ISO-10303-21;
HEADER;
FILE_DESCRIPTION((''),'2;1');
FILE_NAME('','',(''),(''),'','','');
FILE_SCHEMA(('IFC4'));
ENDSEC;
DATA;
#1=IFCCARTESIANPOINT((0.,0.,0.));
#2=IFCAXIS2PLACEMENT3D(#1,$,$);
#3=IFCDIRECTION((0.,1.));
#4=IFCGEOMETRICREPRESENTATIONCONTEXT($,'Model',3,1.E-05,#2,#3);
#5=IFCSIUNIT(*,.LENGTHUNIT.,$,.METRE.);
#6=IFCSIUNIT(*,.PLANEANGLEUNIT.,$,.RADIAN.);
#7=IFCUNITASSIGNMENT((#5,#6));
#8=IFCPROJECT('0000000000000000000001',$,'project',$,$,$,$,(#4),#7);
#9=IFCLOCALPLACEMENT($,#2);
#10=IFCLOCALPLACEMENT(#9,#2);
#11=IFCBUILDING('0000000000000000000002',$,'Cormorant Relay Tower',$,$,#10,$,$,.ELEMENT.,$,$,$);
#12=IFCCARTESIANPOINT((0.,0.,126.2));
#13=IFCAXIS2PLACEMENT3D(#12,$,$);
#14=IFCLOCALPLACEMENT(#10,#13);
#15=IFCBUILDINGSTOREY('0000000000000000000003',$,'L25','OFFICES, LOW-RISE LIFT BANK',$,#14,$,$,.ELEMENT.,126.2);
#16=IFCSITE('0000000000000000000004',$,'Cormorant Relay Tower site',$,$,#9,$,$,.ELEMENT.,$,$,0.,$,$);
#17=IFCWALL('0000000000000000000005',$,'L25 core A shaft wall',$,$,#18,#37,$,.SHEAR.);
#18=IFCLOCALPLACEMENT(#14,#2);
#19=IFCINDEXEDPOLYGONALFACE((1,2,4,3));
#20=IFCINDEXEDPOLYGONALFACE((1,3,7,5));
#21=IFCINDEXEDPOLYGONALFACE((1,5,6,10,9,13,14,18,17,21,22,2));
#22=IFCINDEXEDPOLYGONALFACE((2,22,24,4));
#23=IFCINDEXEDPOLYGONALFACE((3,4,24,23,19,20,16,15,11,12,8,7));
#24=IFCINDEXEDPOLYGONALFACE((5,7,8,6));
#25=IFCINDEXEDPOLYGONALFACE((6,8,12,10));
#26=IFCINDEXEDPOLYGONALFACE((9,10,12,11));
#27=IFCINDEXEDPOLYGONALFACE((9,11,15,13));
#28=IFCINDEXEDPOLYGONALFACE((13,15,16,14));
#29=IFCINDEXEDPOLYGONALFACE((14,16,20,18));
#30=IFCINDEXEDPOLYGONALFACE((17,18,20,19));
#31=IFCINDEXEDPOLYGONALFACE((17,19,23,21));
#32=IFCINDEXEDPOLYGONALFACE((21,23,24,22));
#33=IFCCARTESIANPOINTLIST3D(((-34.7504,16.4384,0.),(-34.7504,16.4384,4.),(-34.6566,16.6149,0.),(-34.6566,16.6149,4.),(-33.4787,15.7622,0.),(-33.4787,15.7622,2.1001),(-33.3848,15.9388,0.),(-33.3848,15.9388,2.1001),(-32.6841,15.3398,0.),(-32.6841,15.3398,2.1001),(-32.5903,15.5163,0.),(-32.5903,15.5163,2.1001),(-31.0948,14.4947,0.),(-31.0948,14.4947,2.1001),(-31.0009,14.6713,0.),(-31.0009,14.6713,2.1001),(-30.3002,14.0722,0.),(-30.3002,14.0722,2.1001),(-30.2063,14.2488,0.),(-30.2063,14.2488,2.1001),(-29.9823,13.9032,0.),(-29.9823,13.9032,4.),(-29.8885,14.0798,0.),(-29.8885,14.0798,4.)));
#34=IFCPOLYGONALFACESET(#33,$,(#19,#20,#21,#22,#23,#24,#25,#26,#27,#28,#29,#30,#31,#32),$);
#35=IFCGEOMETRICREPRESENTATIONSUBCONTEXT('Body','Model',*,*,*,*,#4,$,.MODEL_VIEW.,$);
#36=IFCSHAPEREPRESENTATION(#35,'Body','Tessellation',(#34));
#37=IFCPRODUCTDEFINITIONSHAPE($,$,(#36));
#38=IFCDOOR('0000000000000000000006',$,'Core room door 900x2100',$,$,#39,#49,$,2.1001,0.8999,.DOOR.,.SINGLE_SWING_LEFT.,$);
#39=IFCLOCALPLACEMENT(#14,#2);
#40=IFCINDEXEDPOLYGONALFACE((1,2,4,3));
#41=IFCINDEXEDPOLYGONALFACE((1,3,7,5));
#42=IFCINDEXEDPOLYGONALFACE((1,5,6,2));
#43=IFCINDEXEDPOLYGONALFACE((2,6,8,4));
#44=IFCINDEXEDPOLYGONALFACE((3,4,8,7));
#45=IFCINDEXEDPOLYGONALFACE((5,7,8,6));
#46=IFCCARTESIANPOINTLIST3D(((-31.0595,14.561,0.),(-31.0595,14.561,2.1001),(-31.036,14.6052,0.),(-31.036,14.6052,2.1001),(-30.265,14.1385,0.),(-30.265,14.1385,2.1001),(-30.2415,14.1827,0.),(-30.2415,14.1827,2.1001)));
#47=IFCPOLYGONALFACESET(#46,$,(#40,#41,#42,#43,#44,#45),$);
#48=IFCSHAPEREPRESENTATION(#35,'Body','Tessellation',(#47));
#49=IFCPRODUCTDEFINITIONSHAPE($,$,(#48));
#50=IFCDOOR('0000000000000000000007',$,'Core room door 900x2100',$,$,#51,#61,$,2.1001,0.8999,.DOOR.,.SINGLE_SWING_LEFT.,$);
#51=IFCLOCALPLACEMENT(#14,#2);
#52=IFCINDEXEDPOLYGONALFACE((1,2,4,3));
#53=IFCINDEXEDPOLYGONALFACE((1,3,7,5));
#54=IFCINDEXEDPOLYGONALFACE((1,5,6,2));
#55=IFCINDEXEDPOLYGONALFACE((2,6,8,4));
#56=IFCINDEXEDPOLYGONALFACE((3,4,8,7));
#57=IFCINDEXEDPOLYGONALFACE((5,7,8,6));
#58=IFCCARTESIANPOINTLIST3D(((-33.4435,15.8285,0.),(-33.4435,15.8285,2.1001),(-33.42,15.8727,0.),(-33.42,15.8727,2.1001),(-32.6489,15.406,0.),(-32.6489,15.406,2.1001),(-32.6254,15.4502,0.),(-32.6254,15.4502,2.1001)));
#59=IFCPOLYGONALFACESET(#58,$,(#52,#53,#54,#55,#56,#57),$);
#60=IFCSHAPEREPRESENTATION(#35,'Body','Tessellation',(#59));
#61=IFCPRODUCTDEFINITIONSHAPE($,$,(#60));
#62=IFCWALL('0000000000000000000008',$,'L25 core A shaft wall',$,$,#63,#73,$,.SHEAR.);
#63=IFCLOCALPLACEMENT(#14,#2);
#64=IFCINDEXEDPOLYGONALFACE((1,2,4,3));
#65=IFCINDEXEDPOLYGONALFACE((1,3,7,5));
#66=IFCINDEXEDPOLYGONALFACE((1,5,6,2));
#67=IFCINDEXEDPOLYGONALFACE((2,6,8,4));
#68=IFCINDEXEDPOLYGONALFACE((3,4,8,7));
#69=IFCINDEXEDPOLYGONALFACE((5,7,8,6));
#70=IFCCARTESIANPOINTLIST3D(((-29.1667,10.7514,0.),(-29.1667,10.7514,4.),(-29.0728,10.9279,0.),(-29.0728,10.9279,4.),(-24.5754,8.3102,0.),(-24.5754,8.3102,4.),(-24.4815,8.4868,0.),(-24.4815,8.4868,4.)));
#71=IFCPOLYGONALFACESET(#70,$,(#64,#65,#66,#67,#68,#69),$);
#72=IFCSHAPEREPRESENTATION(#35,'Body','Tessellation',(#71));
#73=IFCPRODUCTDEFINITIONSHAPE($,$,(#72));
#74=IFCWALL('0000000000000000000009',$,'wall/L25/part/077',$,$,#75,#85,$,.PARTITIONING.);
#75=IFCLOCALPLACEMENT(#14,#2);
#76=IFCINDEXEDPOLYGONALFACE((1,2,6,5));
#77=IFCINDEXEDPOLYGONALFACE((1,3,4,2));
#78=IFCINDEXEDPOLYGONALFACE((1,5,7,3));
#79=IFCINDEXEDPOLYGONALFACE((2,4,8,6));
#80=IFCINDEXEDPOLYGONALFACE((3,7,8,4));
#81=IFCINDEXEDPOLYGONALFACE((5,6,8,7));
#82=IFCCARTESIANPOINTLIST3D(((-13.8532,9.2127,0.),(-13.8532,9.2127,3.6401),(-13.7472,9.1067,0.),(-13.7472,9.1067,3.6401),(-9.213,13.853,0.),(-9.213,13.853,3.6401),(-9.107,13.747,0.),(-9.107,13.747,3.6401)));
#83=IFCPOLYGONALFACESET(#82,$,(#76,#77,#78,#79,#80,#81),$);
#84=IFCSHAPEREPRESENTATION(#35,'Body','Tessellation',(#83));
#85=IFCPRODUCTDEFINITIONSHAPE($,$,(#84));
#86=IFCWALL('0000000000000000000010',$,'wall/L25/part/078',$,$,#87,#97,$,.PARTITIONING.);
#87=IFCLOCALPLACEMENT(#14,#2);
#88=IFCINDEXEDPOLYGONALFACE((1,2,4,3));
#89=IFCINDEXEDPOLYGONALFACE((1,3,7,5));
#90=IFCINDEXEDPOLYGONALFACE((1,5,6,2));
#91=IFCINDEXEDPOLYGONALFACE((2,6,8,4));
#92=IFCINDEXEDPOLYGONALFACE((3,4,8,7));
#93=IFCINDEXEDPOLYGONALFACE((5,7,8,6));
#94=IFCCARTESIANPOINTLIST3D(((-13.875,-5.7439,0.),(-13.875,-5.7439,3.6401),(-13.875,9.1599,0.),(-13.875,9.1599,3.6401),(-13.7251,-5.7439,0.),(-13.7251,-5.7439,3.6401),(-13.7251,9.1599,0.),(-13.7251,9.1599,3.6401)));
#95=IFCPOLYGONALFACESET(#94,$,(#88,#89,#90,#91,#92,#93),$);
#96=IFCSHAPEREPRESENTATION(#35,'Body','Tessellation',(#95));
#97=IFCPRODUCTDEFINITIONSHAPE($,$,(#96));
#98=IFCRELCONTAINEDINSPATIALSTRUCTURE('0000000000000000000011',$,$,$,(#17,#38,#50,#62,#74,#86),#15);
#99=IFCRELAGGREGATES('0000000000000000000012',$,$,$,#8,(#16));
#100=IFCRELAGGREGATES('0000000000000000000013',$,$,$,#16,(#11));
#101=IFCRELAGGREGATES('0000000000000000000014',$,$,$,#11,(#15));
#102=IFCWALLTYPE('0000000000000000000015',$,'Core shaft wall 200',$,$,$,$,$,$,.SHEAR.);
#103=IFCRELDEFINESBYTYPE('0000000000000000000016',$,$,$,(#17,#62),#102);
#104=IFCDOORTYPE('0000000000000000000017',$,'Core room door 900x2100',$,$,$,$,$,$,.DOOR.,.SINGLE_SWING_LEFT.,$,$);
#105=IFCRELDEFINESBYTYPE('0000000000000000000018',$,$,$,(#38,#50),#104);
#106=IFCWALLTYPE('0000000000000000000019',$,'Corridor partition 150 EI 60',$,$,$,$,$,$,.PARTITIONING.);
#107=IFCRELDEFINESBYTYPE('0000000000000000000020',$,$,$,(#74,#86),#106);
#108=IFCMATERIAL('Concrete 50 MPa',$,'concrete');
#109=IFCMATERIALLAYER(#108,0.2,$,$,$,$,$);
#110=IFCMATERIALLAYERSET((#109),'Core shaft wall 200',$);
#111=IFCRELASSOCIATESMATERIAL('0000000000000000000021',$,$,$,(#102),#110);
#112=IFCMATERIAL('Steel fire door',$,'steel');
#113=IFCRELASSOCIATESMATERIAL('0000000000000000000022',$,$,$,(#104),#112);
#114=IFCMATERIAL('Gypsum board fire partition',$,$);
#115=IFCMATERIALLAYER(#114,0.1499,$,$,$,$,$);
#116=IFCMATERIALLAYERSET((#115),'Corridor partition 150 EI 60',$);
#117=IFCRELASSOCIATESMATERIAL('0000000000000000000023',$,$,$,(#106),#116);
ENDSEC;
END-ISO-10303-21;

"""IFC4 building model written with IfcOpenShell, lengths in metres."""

from ifc_helpers import new_model, si_unit, direction, frame, frame_2d, origin, place, context, subcontext, project, spatial, rectangle, extrude, material, layer, layer_set, type_object, element, fill, save


model = new_model("IFC4")

# Units and contexts
model_context = context("Model", 3, precision=1e-05, world=origin(), true_north=direction((0.0, 1.0)))
body_context = subcontext(model_context, "Body", "Model", "MODEL_VIEW")
ifc_project = project(units=[si_unit("LENGTHUNIT", "METRE"), si_unit("PLANEANGLEUNIT", "RADIAN")], contexts=[model_context])

# Site, building, storey
site_placement = place(None, origin())
site = spatial("IfcSite", under=ifc_project, at=site_placement, Name="Cormorant Relay Tower site", CompositionType="ELEMENT", RefElevation=0.0)
building_placement = place(site_placement, origin())
building = spatial("IfcBuilding", under=site, at=building_placement, Name="Cormorant Relay Tower", CompositionType="ELEMENT")
storey_placement = place(building_placement, frame((0.0, 0.0, 126.2)))
storey = spatial("IfcBuildingStorey", under=building, at=storey_placement, Name="L25", Description="OFFICES, LOW-RISE LIFT BANK", CompositionType="ELEMENT", Elevation=126.2)

# Shared definitions
ifc_material_1 = material(Name="Concrete 50 MPa", Category="concrete")
ifc_layer_1 = layer(ifc_material_1, 0.2)
ifc_layer_set_1 = layer_set([ifc_layer_1], Name="Core shaft wall 200")
wall_type_1 = type_object("IfcWallType", Name="Core shaft wall 200", PredefinedType="SHEAR", material=ifc_layer_set_1)

# Shared definitions
ifc_material_2 = material(Name="Steel fire door", Category="steel")
door_type_1 = type_object("IfcDoorType", Name="Core room door 900x2100", OperationType="SINGLE_SWING_LEFT", PredefinedType="DOOR", material=ifc_material_2)

# Wall, openings, doors
wall_1_placement = place(storey_placement, frame((-29.9353, 13.9915, 0.0), z_axis=(0.0, 0.0, 1.0), x_axis=(-0.882953, 0.469462, 0.0)))
wall_1 = element("IfcWall", 1, at=wall_1_placement, inside=storey, type_object=wall_type_1, Name="L25 core A shaft wall", PredefinedType="SHEAR", context=body_context, shape_type="SweptSolid", body=[
    extrude(rectangle(XDim=5.4001, YDim=0.2, at=frame_2d((2.7002, 0.0))), origin(), (0.0, 0.0, 1.0), 4.0),
])
opening_1_placement = place(wall_1_placement, frame((0.3601, 0.0, 0.0)))
opening_1 = element("IfcOpeningElement", 2, at=opening_1_placement, cuts=wall_1, PredefinedType="OPENING", context=body_context, shape_type="SweptSolid", body=[
    extrude(rectangle(XDim=0.8999, YDim=2.1001, at=frame_2d((0.45, 1.05))), frame((0.0, 0.1099, 0.0), z_axis=(0.0, -1.0, 0.0), x_axis=(1.0, 0.0, 0.0)), (0.0, 0.0, 1.0), 0.22),
])
opening_2_placement = place(wall_1_placement, frame((3.0601, 0.0, 0.0)))
opening_2 = element("IfcOpeningElement", 3, at=opening_2_placement, cuts=wall_1, PredefinedType="OPENING", context=body_context, shape_type="SweptSolid", body=[
    extrude(rectangle(XDim=0.8999, YDim=2.1001, at=frame_2d((0.45, 1.05))), frame((0.0, 0.1099, 0.0), z_axis=(0.0, -1.0, 0.0), x_axis=(1.0, 0.0, 0.0)), (0.0, 0.0, 1.0), 0.22),
])
door_1_placement = place(opening_1_placement, origin())
door_1 = element("IfcDoor", 4, at=door_1_placement, inside=storey, type_object=door_type_1, Name="Core room door 900x2100", OperationType="SINGLE_SWING_LEFT", OverallHeight=2.1001, OverallWidth=0.8999, PredefinedType="DOOR", context=body_context, shape_type="SweptSolid", body=[
    extrude(rectangle(XDim=0.8999, YDim=2.1001, at=frame_2d((0.45, 1.05))), frame((0.0, 0.0249, 0.0), z_axis=(0.0, -1.0, 0.0), x_axis=(1.0, 0.0, 0.0)), (0.0, 0.0, 1.0), 0.05),
])
fill(opening_1, door_1)
door_2_placement = place(opening_2_placement, origin())
door_2 = element("IfcDoor", 5, at=door_2_placement, inside=storey, type_object=door_type_1, Name="Core room door 900x2100", OperationType="SINGLE_SWING_LEFT", OverallHeight=2.1001, OverallWidth=0.8999, PredefinedType="DOOR", context=body_context, shape_type="SweptSolid", body=[
    extrude(rectangle(XDim=0.8999, YDim=2.1001, at=frame_2d((0.45, 1.05))), frame((0.0, 0.0249, 0.0), z_axis=(0.0, -1.0, 0.0), x_axis=(1.0, 0.0, 0.0)), (0.0, 0.0, 1.0), 0.05),
])
fill(opening_2, door_2)

# Walls
wall_2_placement = place(storey_placement, frame((-24.5283, 8.3984, 0.0), z_axis=(0.0, 0.0, 1.0), x_axis=(-0.882954, 0.46946, 0.0)))
element("IfcWall", 6, at=wall_2_placement, inside=storey, type_object=wall_type_1, Name="L25 core A shaft wall", PredefinedType="SHEAR", context=body_context, shape_type="SweptSolid", body=[
    extrude(rectangle(XDim=5.2, YDim=0.2, at=frame_2d((2.6001, 0.0))), origin(), (0.0, 0.0, 1.0), 4.0),
])
ifc_material_3 = material(Name="Gypsum board fire partition")
ifc_layer_2 = layer(ifc_material_3, 0.1499)
ifc_layer_set_2 = layer_set([ifc_layer_2], Name="Corridor partition 150 EI 60")
wall_type_2 = type_object("IfcWallType", Name="Corridor partition 150 EI 60", PredefinedType="PARTITIONING", material=ifc_layer_set_2)
wall_3_placement = place(storey_placement, frame((-9.1599, 13.8, 0.0), z_axis=(0.0, 0.0, 1.0), x_axis=(-0.707107, -0.707107, 0.0)))
element("IfcWall", 7, at=wall_3_placement, inside=storey, type_object=wall_type_2, Name="wall/L25/part/077", PredefinedType="PARTITIONING", context=body_context, shape_type="SweptSolid", body=[
    extrude(rectangle(XDim=6.5623, YDim=0.1499, at=frame_2d((3.2812, 0.0))), origin(), (0.0, 0.0, 1.0), 3.6401),
])
wall_4_placement = place(storey_placement, frame((-13.8, 9.1599, 0.0), z_axis=(0.0, 0.0, 1.0), x_axis=(0.0, -1.0, 0.0)))
element("IfcWall", 8, at=wall_4_placement, inside=storey, type_object=wall_type_2, Name="wall/L25/part/078", PredefinedType="PARTITIONING", context=body_context, shape_type="SweptSolid", body=[
    extrude(rectangle(XDim=14.9038, YDim=0.1499, at=frame_2d((7.4519, 0.0))), origin(), (0.0, 0.0, 1.0), 3.6401),
])

save(model, "model.ifc")
